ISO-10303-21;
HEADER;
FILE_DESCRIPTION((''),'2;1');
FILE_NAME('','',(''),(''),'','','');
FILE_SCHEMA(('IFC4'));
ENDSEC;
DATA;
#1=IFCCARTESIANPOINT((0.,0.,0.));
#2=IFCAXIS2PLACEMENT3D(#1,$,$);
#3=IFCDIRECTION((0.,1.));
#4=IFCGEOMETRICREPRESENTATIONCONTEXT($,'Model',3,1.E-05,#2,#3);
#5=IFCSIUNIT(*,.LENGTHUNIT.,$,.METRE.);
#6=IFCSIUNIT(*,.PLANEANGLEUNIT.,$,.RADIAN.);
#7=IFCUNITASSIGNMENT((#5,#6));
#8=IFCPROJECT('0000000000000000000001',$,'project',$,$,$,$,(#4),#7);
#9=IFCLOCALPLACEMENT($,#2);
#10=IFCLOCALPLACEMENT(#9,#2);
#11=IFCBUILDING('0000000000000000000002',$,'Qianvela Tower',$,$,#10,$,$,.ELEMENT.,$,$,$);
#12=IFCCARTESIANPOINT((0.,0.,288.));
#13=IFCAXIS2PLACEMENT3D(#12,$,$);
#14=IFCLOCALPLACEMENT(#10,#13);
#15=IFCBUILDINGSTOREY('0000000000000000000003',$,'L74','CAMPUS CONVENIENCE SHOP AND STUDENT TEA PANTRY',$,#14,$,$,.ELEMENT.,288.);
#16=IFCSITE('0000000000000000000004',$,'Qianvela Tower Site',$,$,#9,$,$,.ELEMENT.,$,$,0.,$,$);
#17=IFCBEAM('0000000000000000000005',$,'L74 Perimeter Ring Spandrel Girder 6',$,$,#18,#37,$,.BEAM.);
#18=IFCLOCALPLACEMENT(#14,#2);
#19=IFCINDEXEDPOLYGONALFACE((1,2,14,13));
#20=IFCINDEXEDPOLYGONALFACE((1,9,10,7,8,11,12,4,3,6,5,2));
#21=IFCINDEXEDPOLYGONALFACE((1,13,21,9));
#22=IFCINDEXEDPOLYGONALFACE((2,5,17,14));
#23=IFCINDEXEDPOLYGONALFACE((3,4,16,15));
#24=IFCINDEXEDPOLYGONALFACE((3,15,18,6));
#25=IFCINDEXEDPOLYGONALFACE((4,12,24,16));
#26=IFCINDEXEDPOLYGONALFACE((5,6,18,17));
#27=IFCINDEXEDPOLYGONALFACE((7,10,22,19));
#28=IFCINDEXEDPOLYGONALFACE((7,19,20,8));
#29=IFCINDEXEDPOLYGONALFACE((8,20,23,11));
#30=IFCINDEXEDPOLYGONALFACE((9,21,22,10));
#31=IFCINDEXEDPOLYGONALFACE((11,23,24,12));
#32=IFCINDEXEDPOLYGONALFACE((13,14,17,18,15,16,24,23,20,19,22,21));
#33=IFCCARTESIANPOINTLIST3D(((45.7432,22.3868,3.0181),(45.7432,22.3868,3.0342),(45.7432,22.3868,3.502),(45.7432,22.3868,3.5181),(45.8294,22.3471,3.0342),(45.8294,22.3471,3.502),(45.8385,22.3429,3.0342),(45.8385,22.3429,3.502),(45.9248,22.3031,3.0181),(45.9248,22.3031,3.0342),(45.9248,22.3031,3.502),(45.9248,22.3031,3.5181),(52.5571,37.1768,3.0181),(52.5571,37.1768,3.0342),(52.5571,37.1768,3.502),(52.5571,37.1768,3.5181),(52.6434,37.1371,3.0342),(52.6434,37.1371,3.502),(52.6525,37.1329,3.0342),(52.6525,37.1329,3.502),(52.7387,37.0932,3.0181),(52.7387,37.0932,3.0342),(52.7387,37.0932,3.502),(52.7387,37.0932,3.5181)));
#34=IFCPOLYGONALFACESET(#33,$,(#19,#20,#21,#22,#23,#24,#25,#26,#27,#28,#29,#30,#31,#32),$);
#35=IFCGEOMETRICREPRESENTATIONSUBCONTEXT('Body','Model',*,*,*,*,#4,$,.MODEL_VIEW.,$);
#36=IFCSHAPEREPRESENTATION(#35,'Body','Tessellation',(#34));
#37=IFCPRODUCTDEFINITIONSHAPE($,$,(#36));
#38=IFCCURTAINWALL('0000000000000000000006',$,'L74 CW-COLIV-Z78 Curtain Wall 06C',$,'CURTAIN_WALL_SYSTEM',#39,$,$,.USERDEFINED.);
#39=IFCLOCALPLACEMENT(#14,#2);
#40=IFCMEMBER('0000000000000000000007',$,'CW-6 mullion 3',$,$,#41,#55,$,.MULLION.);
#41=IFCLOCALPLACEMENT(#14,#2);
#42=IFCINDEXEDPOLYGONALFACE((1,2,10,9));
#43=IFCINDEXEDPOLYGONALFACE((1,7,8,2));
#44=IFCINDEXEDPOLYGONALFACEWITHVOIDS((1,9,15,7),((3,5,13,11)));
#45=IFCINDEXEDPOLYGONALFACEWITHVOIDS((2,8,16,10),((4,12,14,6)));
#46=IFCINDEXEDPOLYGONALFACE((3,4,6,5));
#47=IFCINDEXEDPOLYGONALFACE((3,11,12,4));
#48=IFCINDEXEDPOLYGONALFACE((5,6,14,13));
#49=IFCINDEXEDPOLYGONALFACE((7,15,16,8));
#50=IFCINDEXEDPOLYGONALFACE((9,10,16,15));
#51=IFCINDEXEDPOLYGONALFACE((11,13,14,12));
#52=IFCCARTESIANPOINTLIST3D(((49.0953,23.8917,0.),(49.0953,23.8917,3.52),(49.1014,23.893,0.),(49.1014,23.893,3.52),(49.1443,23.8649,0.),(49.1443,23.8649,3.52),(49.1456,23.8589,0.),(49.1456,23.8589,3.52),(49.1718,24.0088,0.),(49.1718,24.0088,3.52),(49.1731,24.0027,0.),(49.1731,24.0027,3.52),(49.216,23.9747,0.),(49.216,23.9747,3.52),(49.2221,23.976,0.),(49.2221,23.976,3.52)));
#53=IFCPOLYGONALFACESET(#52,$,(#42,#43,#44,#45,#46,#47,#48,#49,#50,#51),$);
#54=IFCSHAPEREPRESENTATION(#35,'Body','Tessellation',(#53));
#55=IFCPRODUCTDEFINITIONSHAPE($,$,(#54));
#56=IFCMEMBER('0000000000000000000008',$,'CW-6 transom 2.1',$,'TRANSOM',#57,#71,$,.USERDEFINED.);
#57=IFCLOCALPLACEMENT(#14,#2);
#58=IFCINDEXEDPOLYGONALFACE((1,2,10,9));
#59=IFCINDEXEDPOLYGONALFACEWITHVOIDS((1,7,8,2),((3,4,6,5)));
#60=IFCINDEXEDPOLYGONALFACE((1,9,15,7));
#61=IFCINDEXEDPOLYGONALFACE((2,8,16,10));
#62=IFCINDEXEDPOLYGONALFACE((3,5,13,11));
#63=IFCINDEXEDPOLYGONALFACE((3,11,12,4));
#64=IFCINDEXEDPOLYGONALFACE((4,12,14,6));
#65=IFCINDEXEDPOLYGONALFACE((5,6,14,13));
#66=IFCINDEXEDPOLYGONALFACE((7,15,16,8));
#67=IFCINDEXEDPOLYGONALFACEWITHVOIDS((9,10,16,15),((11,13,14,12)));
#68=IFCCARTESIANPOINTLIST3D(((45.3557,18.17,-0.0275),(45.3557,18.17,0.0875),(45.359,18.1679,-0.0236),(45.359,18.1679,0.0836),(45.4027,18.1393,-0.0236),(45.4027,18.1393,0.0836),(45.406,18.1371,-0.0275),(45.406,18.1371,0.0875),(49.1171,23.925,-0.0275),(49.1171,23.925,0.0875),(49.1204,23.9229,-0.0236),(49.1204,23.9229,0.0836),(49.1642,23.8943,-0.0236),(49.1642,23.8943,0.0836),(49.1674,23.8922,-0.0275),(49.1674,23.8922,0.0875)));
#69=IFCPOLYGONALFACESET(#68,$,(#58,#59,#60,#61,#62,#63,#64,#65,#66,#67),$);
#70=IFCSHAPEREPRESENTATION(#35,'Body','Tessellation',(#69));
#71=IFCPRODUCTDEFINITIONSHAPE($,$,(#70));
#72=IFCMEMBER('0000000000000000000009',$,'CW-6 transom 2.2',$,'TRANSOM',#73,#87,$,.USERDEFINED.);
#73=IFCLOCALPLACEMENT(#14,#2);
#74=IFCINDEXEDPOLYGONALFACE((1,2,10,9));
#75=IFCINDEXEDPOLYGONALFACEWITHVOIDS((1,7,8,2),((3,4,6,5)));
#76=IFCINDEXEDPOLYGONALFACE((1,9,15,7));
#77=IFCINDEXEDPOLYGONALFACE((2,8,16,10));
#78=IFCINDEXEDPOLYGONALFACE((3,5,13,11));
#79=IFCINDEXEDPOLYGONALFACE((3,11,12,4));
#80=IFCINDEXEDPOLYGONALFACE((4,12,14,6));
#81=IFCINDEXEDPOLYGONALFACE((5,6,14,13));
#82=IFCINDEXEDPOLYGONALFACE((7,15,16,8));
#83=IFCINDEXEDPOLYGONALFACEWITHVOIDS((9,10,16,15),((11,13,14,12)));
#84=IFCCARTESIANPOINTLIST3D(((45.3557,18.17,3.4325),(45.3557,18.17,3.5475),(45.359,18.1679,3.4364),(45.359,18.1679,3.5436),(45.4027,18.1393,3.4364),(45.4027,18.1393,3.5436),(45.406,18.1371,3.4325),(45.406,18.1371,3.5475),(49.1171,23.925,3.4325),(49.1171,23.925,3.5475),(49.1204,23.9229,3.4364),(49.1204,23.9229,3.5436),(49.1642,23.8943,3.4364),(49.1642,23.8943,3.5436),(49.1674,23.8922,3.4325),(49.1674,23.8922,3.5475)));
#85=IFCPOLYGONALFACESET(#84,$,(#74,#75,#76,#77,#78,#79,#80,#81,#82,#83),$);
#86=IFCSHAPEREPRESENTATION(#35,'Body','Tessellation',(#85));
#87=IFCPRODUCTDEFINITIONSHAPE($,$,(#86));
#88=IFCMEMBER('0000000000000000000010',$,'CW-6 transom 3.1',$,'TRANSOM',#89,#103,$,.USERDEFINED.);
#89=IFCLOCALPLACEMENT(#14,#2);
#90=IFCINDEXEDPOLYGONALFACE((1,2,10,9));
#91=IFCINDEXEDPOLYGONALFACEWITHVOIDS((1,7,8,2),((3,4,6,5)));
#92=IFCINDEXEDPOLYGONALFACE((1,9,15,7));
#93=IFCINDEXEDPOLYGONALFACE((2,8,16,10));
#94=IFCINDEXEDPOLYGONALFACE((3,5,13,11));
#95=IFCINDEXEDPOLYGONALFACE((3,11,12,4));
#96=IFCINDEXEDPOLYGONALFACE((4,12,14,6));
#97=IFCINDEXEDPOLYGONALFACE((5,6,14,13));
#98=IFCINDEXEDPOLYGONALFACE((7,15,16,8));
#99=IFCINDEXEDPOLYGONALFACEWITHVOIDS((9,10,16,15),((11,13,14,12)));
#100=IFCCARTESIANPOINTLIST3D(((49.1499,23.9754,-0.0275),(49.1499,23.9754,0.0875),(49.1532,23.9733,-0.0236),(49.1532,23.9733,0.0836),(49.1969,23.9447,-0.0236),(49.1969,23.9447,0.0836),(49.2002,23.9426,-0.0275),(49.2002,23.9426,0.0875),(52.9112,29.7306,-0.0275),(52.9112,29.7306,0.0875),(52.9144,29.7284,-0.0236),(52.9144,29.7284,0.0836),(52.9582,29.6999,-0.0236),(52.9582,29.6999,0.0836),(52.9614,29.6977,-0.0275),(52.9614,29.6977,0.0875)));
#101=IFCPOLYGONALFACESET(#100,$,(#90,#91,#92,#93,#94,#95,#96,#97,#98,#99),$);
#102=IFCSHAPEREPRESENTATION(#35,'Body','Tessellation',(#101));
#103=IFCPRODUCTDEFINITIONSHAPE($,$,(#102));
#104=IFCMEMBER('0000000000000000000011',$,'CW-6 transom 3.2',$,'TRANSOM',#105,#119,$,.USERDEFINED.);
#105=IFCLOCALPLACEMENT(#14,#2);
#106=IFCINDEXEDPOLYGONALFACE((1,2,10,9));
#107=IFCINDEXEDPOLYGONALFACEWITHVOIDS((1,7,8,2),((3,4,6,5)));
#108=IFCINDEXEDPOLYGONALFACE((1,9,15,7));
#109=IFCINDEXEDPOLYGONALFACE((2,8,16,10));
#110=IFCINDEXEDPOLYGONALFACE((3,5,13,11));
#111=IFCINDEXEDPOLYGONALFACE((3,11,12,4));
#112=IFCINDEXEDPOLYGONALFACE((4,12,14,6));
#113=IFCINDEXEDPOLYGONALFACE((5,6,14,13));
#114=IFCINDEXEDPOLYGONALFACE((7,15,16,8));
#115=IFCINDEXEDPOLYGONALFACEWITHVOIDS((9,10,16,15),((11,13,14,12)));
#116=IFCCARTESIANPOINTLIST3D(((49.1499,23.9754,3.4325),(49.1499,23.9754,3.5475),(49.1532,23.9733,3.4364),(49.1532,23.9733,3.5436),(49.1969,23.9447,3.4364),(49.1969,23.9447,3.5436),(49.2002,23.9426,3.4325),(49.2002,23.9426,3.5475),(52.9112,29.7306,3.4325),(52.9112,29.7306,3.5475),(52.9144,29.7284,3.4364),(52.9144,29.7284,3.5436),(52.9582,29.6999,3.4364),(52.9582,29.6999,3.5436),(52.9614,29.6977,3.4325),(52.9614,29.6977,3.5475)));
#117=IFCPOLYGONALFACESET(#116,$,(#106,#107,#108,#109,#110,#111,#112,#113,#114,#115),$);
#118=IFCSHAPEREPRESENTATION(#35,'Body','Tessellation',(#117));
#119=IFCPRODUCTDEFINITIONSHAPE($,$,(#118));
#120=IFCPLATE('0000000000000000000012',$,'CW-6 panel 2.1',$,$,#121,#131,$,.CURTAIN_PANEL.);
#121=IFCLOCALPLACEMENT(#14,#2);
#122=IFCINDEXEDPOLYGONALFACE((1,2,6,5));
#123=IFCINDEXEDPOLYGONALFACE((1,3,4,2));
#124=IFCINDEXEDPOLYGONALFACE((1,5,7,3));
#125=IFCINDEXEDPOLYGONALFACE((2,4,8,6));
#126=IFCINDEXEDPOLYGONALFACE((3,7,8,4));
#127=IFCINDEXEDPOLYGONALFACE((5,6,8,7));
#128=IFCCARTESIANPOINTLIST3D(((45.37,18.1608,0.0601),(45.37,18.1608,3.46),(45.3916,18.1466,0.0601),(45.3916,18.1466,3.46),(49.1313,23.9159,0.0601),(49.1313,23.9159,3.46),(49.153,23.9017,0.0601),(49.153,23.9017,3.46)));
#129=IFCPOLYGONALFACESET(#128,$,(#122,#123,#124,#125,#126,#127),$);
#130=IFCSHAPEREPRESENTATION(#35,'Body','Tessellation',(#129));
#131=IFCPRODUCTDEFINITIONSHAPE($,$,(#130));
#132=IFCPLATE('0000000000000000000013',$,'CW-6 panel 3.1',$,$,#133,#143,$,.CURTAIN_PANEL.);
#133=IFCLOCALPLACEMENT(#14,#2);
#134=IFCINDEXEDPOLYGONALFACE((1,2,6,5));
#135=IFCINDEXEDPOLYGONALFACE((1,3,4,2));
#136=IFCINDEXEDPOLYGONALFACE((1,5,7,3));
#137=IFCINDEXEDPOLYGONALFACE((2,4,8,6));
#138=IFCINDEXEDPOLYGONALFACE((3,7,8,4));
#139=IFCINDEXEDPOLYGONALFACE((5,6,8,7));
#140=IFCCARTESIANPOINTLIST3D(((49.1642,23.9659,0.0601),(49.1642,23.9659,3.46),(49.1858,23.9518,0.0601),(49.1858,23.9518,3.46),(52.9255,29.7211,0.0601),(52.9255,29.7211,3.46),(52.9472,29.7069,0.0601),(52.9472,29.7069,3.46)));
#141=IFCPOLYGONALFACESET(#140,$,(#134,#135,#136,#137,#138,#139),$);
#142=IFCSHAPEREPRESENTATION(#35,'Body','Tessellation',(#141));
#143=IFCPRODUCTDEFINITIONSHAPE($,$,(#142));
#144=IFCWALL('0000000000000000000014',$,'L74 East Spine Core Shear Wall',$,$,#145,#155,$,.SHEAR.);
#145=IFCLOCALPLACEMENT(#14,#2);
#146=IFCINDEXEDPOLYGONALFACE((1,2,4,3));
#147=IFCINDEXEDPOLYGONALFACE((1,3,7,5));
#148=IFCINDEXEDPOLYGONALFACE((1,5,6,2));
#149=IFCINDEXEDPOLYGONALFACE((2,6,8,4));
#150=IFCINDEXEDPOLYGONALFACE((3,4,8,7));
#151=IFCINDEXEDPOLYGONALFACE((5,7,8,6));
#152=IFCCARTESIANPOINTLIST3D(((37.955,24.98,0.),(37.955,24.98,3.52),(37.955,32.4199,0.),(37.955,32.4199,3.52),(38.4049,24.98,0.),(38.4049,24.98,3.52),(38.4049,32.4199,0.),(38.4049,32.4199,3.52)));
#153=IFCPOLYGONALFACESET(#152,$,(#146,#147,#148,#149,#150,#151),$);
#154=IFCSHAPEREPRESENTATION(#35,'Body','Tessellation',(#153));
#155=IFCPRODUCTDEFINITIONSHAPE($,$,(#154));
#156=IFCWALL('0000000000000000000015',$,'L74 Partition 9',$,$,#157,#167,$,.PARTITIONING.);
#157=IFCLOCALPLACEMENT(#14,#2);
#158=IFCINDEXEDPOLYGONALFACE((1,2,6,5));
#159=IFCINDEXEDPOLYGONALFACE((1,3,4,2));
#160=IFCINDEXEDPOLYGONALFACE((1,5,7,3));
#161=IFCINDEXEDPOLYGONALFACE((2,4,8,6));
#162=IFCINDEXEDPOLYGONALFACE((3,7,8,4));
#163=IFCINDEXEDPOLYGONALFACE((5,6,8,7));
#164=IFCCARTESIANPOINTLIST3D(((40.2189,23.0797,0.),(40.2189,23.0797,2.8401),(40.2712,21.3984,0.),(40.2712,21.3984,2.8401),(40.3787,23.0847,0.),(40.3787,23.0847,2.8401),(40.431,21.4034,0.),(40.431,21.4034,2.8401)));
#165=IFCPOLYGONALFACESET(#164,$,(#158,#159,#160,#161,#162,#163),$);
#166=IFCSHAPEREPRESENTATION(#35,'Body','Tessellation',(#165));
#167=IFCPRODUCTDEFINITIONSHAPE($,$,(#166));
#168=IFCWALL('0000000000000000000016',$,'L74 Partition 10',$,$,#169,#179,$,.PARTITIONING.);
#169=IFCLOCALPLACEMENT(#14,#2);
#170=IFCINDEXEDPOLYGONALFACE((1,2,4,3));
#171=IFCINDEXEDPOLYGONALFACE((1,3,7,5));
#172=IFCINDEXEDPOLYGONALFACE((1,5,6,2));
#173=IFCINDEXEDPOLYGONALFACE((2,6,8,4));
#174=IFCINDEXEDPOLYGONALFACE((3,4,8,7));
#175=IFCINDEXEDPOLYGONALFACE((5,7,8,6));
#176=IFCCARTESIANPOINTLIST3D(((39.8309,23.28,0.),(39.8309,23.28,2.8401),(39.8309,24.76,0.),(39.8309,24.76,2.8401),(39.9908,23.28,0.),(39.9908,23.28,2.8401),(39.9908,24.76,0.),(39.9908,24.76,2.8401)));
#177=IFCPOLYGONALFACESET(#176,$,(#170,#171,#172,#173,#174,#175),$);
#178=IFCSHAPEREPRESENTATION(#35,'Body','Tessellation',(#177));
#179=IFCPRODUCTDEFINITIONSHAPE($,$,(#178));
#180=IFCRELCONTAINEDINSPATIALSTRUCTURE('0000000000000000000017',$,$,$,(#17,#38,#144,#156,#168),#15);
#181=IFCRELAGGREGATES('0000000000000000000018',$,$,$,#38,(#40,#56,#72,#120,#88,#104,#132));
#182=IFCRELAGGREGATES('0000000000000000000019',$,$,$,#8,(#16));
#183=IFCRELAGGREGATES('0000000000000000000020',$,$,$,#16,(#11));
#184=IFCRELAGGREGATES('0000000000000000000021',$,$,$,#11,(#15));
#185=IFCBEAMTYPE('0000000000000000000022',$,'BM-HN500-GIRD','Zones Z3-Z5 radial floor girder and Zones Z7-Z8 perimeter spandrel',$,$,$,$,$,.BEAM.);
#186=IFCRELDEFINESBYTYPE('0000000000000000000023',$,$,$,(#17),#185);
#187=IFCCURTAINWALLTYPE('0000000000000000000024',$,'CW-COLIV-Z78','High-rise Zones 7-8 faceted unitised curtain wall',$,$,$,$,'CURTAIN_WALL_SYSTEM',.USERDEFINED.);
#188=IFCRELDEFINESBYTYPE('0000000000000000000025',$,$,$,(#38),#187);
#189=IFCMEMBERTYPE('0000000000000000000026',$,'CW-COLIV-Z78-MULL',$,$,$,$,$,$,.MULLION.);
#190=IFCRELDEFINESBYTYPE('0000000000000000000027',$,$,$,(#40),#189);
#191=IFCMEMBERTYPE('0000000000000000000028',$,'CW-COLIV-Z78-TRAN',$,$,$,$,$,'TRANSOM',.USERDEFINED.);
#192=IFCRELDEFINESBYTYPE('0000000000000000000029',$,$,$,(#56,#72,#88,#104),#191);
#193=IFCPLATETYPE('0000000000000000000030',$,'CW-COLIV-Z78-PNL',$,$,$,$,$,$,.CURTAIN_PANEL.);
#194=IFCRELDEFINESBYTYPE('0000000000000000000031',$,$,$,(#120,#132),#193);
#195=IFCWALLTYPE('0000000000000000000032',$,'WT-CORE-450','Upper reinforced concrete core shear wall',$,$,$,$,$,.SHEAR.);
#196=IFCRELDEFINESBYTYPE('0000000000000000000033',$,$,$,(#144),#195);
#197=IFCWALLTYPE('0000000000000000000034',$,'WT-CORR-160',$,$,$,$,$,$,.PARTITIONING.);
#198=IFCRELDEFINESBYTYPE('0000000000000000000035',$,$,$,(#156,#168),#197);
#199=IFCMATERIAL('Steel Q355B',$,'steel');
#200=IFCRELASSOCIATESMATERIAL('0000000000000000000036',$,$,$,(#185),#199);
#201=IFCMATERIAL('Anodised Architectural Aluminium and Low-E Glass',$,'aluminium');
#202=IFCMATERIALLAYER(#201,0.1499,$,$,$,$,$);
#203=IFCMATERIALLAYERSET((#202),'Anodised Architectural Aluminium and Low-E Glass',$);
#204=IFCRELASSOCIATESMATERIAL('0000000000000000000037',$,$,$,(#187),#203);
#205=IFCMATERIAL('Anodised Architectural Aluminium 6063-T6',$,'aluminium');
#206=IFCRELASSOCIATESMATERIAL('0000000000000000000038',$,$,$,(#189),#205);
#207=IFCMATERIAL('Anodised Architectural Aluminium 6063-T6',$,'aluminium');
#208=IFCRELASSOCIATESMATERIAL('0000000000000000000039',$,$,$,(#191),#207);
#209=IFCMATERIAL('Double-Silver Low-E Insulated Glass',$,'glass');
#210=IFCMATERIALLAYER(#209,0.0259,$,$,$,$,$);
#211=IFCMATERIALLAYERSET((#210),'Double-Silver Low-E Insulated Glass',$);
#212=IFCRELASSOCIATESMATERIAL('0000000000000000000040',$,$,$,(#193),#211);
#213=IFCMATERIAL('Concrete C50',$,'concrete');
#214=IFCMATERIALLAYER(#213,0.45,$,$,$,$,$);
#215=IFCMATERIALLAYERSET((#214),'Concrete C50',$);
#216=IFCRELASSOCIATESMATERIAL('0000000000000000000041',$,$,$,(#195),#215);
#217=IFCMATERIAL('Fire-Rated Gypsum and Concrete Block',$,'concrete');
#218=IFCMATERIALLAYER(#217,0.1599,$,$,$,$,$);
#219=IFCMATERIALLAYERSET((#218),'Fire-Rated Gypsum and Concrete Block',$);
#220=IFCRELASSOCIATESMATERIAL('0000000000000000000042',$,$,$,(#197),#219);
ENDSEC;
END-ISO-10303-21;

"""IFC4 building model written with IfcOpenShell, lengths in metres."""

from ifc_helpers import new_model, si_unit, direction, frame, frame_2d, origin, origin_2d, place, context, subcontext, project, spatial, rectangle, hollow_rectangle, i_section, extrude, material, layer, layer_set, material_profile, profile_set, type_object, element, aggregate, save


model = new_model("IFC4")

# Units and contexts
model_context = context("Model", 3, precision=1e-05, world=origin(), true_north=direction((0.0, 1.0)))
body_context = subcontext(model_context, "Body", "Model", "MODEL_VIEW")
ifc_project = project(units=[si_unit("LENGTHUNIT", "METRE"), si_unit("PLANEANGLEUNIT", "RADIAN")], contexts=[model_context])

# Site, building, storey
site_placement = place(None, origin())
site = spatial("IfcSite", under=ifc_project, at=site_placement, Name="Qianvela Tower Site", CompositionType="ELEMENT", RefElevation=0.0)
building_placement = place(site_placement, origin())
building = spatial("IfcBuilding", under=site, at=building_placement, Name="Qianvela Tower", CompositionType="ELEMENT")
storey_placement = place(building_placement, frame((0.0, 0.0, 288.0)))
storey = spatial("IfcBuildingStorey", under=building, at=storey_placement, Name="L74", Description="CAMPUS CONVENIENCE SHOP AND STUDENT TEA PANTRY", CompositionType="ELEMENT", Elevation=288.0)

# Beam
ifc_material_1 = material(Name="Steel Q355B", Category="steel")
ifc_material_profile_1 = material_profile(ifc_material_1, i_section(OverallWidth=0.2, OverallDepth=0.5, WebThickness=0.01, FlangeThickness=0.0161, at=origin_2d()), Name="HN500x200x10x16")
ifc_profile_set_1 = profile_set([ifc_material_profile_1], Name="Steel Q355B")
beam_type_1 = type_object("IfcBeamType", Name="BM-HN500-GIRD", Description="Zones Z3-Z5 radial floor girder and Zones Z7-Z8 perimeter spandrel", PredefinedType="BEAM", material=ifc_profile_set_1)
beam_placement = place(storey_placement, frame((45.834, 22.345, 3.2681), z_axis=(0.41844, 0.908244, 0.0), x_axis=(-0.908244, 0.41844, 0.0)))
element("IfcBeam", 1, at=beam_placement, inside=storey, type_object=beam_type_1, Name="L74 Perimeter Ring Spandrel Girder 6", PredefinedType="BEAM", context=body_context, shape_type="SweptSolid", body=[
    extrude(i_section(OverallWidth=0.2, OverallDepth=0.5, WebThickness=0.01, FlangeThickness=0.0161, at=origin_2d()), origin(), (0.0, 0.0, 1.0), 16.2842),
])

# Curtain wall, members, plates
ifc_material_2 = material(Name="Anodised Architectural Aluminium and Low-E Glass", Category="aluminium")
ifc_layer_1 = layer(ifc_material_2, 0.1499)
ifc_layer_set_1 = layer_set([ifc_layer_1], Name="Anodised Architectural Aluminium and Low-E Glass")
curtain_wall_type = type_object("IfcCurtainWallType", Name="CW-COLIV-Z78", Description="High-rise Zones 7-8 faceted unitised curtain wall", ElementType="CURTAIN_WALL_SYSTEM", PredefinedType="USERDEFINED", material=ifc_layer_set_1)
curtain_wall_placement = place(storey_placement, origin())
curtain_wall = element("IfcCurtainWall", 2, at=curtain_wall_placement, inside=storey, type_object=curtain_wall_type, Name="L74 CW-COLIV-Z78 Curtain Wall 06C", ObjectType="CURTAIN_WALL_SYSTEM", PredefinedType="USERDEFINED")
ifc_material_3 = material(Name="Anodised Architectural Aluminium 6063-T6", Category="aluminium")
ifc_material_profile_2 = material_profile(ifc_material_3, hollow_rectangle(XDim=0.0601, YDim=0.1399, WallThickness=0.0044, at=origin_2d()), Name="ALU-MULL-60x140")
ifc_profile_set_2 = profile_set([ifc_material_profile_2], Name="Anodised Architectural Aluminium 6063-T6")
member_type_1 = type_object("IfcMemberType", Name="CW-COLIV-Z78-MULL", PredefinedType="MULLION", material=ifc_profile_set_2)
member_1_placement = place(storey_placement, frame((49.1587, 23.9338, 0.0), z_axis=(0.0, 0.0, 1.0), x_axis=(-0.83708, 0.547081, 0.0)))
member_1 = element("IfcMember", 3, at=member_1_placement, type_object=member_type_1, Name="CW-6 mullion 3", PredefinedType="MULLION", context=body_context, shape_type="SweptSolid", body=[
    extrude(hollow_rectangle(XDim=0.0601, YDim=0.1399, WallThickness=0.0044, at=origin_2d()), origin(), (0.0, 0.0, 1.0), 3.52),
])
ifc_material_4 = material(Name="Anodised Architectural Aluminium 6063-T6", Category="aluminium")
ifc_material_profile_3 = material_profile(ifc_material_4, hollow_rectangle(XDim=0.0601, YDim=0.115, WallThickness=0.0039, at=origin_2d()), Name="ALU-TRAN-60x115")
ifc_profile_set_3 = profile_set([ifc_material_profile_3], Name="Anodised Architectural Aluminium 6063-T6")
member_type_2 = type_object("IfcMemberType", Name="CW-COLIV-Z78-TRAN", ElementType="TRANSOM", PredefinedType="USERDEFINED", material=ifc_profile_set_3)
member_2_placement = place(storey_placement, frame((45.3809, 18.1536, 0.03), z_axis=(0.547097, 0.837069, 0.0), x_axis=(-0.837069, 0.547097, 0.0)))
member_2 = element("IfcMember", 4, at=member_2_placement, type_object=member_type_2, Name="CW-6 transom 2.1", ObjectType="TRANSOM", PredefinedType="USERDEFINED", context=body_context, shape_type="SweptSolid", body=[
    extrude(hollow_rectangle(XDim=0.0601, YDim=0.115, WallThickness=0.0039, at=origin_2d()), origin(), (0.0, 0.0, 1.0), 6.8752),
])
member_3_placement = place(storey_placement, frame((45.3809, 18.1536, 3.49), z_axis=(0.547097, 0.837069, 0.0), x_axis=(-0.837069, 0.547097, 0.0)))
member_3 = element("IfcMember", 5, at=member_3_placement, type_object=member_type_2, Name="CW-6 transom 2.2", ObjectType="TRANSOM", PredefinedType="USERDEFINED", context=body_context, shape_type="SweptSolid", body=[
    extrude(hollow_rectangle(XDim=0.0601, YDim=0.115, WallThickness=0.0039, at=origin_2d()), origin(), (0.0, 0.0, 1.0), 6.8752),
])
member_4_placement = place(storey_placement, frame((49.175, 23.959, 0.03), z_axis=(0.547072, 0.837085, 0.0), x_axis=(-0.837085, 0.547072, 0.0)))
member_4 = element("IfcMember", 6, at=member_4_placement, type_object=member_type_2, Name="CW-6 transom 3.1", ObjectType="TRANSOM", PredefinedType="USERDEFINED", context=body_context, shape_type="SweptSolid", body=[
    extrude(hollow_rectangle(XDim=0.0601, YDim=0.115, WallThickness=0.0039, at=origin_2d()), origin(), (0.0, 0.0, 1.0), 6.8752),
])
member_5_placement = place(storey_placement, frame((49.175, 23.959, 3.49), z_axis=(0.547072, 0.837085, 0.0), x_axis=(-0.837085, 0.547072, 0.0)))
member_5 = element("IfcMember", 7, at=member_5_placement, type_object=member_type_2, Name="CW-6 transom 3.2", ObjectType="TRANSOM", PredefinedType="USERDEFINED", context=body_context, shape_type="SweptSolid", body=[
    extrude(hollow_rectangle(XDim=0.0601, YDim=0.115, WallThickness=0.0039, at=origin_2d()), origin(), (0.0, 0.0, 1.0), 6.8752),
])
ifc_material_5 = material(Name="Double-Silver Low-E Insulated Glass", Category="glass")
ifc_layer_2 = layer(ifc_material_5, 0.0259)
ifc_layer_set_2 = layer_set([ifc_layer_2], Name="Double-Silver Low-E Insulated Glass")
plate_type = type_object("IfcPlateType", Name="CW-COLIV-Z78-PNL", PredefinedType="CURTAIN_PANEL", material=ifc_layer_set_2)
plate_1_placement = place(storey_placement, frame((47.2615, 21.0312, 0.0601), z_axis=(0.0, 0.0, 1.0), x_axis=(0.547081, 0.83708, 0.0)))
plate_1 = element("IfcPlate", 8, at=plate_1_placement, type_object=plate_type, Name="CW-6 panel 2.1", PredefinedType="CURTAIN_PANEL", context=body_context, shape_type="SweptSolid", body=[
    extrude(rectangle(XDim=6.8752, YDim=0.0259, at=origin_2d()), origin(), (0.0, 0.0, 1.0), 3.3999),
])
plate_2_placement = place(storey_placement, frame((51.0557, 26.8364, 0.0601), z_axis=(0.0, 0.0, 1.0), x_axis=(0.547081, 0.83708, 0.0)))
plate_2 = element("IfcPlate", 9, at=plate_2_placement, type_object=plate_type, Name="CW-6 panel 3.1", PredefinedType="CURTAIN_PANEL", context=body_context, shape_type="SweptSolid", body=[
    extrude(rectangle(XDim=6.8752, YDim=0.0259, at=origin_2d()), origin(), (0.0, 0.0, 1.0), 3.3999),
])
aggregate(curtain_wall, [member_1, member_2, member_3, plate_1, member_4, member_5, plate_2])

# Walls
ifc_material_6 = material(Name="Concrete C50", Category="concrete")
ifc_layer_3 = layer(ifc_material_6, 0.45)
ifc_layer_set_3 = layer_set([ifc_layer_3], Name="Concrete C50")
wall_type_1 = type_object("IfcWallType", Name="WT-CORE-450", Description="Upper reinforced concrete core shear wall", PredefinedType="SHEAR", material=ifc_layer_set_3)
wall_1_placement = place(storey_placement, frame((38.1799, 24.98, 0.0), z_axis=(0.0, 0.0, 1.0), x_axis=(0.0, 1.0, 0.0)))
element("IfcWall", 10, at=wall_1_placement, inside=storey, type_object=wall_type_1, Name="L74 East Spine Core Shear Wall", PredefinedType="SHEAR", context=body_context, shape_type="SweptSolid", body=[
    extrude(rectangle(XDim=7.4399, YDim=0.45, at=frame_2d((3.72, 0.0))), origin(), (0.0, 0.0, 1.0), 3.52),
])
ifc_material_7 = material(Name="Fire-Rated Gypsum and Concrete Block", Category="concrete")
ifc_layer_4 = layer(ifc_material_7, 0.1599)
ifc_layer_set_4 = layer_set([ifc_layer_4], Name="Fire-Rated Gypsum and Concrete Block")
wall_type_2 = type_object("IfcWallType", Name="WT-CORR-160", PredefinedType="PARTITIONING", material=ifc_layer_set_4)
wall_2_placement = place(storey_placement, frame((40.3511, 21.4009, 0.0), z_axis=(0.0, 0.0, 1.0), x_axis=(-0.031058, 0.999518, 0.0)))
element("IfcWall", 11, at=wall_2_placement, inside=storey, type_object=wall_type_2, Name="L74 Partition 9", PredefinedType="PARTITIONING", context=body_context, shape_type="SweptSolid", body=[
    extrude(rectangle(XDim=1.6821, YDim=0.1599, at=frame_2d((0.8411, 0.0))), origin(), (0.0, 0.0, 1.0), 2.8401),
])
wall_3_placement = place(storey_placement, frame((39.9109, 23.28, 0.0), z_axis=(0.0, 0.0, 1.0), x_axis=(0.0, 1.0, 0.0)))
element("IfcWall", 12, at=wall_3_placement, inside=storey, type_object=wall_type_2, Name="L74 Partition 10", PredefinedType="PARTITIONING", context=body_context, shape_type="SweptSolid", body=[
    extrude(rectangle(XDim=1.48, YDim=0.1599, at=frame_2d((0.74, 0.0))), origin(), (0.0, 0.0, 1.0), 2.8401),
])

save(model, "model.ifc")
